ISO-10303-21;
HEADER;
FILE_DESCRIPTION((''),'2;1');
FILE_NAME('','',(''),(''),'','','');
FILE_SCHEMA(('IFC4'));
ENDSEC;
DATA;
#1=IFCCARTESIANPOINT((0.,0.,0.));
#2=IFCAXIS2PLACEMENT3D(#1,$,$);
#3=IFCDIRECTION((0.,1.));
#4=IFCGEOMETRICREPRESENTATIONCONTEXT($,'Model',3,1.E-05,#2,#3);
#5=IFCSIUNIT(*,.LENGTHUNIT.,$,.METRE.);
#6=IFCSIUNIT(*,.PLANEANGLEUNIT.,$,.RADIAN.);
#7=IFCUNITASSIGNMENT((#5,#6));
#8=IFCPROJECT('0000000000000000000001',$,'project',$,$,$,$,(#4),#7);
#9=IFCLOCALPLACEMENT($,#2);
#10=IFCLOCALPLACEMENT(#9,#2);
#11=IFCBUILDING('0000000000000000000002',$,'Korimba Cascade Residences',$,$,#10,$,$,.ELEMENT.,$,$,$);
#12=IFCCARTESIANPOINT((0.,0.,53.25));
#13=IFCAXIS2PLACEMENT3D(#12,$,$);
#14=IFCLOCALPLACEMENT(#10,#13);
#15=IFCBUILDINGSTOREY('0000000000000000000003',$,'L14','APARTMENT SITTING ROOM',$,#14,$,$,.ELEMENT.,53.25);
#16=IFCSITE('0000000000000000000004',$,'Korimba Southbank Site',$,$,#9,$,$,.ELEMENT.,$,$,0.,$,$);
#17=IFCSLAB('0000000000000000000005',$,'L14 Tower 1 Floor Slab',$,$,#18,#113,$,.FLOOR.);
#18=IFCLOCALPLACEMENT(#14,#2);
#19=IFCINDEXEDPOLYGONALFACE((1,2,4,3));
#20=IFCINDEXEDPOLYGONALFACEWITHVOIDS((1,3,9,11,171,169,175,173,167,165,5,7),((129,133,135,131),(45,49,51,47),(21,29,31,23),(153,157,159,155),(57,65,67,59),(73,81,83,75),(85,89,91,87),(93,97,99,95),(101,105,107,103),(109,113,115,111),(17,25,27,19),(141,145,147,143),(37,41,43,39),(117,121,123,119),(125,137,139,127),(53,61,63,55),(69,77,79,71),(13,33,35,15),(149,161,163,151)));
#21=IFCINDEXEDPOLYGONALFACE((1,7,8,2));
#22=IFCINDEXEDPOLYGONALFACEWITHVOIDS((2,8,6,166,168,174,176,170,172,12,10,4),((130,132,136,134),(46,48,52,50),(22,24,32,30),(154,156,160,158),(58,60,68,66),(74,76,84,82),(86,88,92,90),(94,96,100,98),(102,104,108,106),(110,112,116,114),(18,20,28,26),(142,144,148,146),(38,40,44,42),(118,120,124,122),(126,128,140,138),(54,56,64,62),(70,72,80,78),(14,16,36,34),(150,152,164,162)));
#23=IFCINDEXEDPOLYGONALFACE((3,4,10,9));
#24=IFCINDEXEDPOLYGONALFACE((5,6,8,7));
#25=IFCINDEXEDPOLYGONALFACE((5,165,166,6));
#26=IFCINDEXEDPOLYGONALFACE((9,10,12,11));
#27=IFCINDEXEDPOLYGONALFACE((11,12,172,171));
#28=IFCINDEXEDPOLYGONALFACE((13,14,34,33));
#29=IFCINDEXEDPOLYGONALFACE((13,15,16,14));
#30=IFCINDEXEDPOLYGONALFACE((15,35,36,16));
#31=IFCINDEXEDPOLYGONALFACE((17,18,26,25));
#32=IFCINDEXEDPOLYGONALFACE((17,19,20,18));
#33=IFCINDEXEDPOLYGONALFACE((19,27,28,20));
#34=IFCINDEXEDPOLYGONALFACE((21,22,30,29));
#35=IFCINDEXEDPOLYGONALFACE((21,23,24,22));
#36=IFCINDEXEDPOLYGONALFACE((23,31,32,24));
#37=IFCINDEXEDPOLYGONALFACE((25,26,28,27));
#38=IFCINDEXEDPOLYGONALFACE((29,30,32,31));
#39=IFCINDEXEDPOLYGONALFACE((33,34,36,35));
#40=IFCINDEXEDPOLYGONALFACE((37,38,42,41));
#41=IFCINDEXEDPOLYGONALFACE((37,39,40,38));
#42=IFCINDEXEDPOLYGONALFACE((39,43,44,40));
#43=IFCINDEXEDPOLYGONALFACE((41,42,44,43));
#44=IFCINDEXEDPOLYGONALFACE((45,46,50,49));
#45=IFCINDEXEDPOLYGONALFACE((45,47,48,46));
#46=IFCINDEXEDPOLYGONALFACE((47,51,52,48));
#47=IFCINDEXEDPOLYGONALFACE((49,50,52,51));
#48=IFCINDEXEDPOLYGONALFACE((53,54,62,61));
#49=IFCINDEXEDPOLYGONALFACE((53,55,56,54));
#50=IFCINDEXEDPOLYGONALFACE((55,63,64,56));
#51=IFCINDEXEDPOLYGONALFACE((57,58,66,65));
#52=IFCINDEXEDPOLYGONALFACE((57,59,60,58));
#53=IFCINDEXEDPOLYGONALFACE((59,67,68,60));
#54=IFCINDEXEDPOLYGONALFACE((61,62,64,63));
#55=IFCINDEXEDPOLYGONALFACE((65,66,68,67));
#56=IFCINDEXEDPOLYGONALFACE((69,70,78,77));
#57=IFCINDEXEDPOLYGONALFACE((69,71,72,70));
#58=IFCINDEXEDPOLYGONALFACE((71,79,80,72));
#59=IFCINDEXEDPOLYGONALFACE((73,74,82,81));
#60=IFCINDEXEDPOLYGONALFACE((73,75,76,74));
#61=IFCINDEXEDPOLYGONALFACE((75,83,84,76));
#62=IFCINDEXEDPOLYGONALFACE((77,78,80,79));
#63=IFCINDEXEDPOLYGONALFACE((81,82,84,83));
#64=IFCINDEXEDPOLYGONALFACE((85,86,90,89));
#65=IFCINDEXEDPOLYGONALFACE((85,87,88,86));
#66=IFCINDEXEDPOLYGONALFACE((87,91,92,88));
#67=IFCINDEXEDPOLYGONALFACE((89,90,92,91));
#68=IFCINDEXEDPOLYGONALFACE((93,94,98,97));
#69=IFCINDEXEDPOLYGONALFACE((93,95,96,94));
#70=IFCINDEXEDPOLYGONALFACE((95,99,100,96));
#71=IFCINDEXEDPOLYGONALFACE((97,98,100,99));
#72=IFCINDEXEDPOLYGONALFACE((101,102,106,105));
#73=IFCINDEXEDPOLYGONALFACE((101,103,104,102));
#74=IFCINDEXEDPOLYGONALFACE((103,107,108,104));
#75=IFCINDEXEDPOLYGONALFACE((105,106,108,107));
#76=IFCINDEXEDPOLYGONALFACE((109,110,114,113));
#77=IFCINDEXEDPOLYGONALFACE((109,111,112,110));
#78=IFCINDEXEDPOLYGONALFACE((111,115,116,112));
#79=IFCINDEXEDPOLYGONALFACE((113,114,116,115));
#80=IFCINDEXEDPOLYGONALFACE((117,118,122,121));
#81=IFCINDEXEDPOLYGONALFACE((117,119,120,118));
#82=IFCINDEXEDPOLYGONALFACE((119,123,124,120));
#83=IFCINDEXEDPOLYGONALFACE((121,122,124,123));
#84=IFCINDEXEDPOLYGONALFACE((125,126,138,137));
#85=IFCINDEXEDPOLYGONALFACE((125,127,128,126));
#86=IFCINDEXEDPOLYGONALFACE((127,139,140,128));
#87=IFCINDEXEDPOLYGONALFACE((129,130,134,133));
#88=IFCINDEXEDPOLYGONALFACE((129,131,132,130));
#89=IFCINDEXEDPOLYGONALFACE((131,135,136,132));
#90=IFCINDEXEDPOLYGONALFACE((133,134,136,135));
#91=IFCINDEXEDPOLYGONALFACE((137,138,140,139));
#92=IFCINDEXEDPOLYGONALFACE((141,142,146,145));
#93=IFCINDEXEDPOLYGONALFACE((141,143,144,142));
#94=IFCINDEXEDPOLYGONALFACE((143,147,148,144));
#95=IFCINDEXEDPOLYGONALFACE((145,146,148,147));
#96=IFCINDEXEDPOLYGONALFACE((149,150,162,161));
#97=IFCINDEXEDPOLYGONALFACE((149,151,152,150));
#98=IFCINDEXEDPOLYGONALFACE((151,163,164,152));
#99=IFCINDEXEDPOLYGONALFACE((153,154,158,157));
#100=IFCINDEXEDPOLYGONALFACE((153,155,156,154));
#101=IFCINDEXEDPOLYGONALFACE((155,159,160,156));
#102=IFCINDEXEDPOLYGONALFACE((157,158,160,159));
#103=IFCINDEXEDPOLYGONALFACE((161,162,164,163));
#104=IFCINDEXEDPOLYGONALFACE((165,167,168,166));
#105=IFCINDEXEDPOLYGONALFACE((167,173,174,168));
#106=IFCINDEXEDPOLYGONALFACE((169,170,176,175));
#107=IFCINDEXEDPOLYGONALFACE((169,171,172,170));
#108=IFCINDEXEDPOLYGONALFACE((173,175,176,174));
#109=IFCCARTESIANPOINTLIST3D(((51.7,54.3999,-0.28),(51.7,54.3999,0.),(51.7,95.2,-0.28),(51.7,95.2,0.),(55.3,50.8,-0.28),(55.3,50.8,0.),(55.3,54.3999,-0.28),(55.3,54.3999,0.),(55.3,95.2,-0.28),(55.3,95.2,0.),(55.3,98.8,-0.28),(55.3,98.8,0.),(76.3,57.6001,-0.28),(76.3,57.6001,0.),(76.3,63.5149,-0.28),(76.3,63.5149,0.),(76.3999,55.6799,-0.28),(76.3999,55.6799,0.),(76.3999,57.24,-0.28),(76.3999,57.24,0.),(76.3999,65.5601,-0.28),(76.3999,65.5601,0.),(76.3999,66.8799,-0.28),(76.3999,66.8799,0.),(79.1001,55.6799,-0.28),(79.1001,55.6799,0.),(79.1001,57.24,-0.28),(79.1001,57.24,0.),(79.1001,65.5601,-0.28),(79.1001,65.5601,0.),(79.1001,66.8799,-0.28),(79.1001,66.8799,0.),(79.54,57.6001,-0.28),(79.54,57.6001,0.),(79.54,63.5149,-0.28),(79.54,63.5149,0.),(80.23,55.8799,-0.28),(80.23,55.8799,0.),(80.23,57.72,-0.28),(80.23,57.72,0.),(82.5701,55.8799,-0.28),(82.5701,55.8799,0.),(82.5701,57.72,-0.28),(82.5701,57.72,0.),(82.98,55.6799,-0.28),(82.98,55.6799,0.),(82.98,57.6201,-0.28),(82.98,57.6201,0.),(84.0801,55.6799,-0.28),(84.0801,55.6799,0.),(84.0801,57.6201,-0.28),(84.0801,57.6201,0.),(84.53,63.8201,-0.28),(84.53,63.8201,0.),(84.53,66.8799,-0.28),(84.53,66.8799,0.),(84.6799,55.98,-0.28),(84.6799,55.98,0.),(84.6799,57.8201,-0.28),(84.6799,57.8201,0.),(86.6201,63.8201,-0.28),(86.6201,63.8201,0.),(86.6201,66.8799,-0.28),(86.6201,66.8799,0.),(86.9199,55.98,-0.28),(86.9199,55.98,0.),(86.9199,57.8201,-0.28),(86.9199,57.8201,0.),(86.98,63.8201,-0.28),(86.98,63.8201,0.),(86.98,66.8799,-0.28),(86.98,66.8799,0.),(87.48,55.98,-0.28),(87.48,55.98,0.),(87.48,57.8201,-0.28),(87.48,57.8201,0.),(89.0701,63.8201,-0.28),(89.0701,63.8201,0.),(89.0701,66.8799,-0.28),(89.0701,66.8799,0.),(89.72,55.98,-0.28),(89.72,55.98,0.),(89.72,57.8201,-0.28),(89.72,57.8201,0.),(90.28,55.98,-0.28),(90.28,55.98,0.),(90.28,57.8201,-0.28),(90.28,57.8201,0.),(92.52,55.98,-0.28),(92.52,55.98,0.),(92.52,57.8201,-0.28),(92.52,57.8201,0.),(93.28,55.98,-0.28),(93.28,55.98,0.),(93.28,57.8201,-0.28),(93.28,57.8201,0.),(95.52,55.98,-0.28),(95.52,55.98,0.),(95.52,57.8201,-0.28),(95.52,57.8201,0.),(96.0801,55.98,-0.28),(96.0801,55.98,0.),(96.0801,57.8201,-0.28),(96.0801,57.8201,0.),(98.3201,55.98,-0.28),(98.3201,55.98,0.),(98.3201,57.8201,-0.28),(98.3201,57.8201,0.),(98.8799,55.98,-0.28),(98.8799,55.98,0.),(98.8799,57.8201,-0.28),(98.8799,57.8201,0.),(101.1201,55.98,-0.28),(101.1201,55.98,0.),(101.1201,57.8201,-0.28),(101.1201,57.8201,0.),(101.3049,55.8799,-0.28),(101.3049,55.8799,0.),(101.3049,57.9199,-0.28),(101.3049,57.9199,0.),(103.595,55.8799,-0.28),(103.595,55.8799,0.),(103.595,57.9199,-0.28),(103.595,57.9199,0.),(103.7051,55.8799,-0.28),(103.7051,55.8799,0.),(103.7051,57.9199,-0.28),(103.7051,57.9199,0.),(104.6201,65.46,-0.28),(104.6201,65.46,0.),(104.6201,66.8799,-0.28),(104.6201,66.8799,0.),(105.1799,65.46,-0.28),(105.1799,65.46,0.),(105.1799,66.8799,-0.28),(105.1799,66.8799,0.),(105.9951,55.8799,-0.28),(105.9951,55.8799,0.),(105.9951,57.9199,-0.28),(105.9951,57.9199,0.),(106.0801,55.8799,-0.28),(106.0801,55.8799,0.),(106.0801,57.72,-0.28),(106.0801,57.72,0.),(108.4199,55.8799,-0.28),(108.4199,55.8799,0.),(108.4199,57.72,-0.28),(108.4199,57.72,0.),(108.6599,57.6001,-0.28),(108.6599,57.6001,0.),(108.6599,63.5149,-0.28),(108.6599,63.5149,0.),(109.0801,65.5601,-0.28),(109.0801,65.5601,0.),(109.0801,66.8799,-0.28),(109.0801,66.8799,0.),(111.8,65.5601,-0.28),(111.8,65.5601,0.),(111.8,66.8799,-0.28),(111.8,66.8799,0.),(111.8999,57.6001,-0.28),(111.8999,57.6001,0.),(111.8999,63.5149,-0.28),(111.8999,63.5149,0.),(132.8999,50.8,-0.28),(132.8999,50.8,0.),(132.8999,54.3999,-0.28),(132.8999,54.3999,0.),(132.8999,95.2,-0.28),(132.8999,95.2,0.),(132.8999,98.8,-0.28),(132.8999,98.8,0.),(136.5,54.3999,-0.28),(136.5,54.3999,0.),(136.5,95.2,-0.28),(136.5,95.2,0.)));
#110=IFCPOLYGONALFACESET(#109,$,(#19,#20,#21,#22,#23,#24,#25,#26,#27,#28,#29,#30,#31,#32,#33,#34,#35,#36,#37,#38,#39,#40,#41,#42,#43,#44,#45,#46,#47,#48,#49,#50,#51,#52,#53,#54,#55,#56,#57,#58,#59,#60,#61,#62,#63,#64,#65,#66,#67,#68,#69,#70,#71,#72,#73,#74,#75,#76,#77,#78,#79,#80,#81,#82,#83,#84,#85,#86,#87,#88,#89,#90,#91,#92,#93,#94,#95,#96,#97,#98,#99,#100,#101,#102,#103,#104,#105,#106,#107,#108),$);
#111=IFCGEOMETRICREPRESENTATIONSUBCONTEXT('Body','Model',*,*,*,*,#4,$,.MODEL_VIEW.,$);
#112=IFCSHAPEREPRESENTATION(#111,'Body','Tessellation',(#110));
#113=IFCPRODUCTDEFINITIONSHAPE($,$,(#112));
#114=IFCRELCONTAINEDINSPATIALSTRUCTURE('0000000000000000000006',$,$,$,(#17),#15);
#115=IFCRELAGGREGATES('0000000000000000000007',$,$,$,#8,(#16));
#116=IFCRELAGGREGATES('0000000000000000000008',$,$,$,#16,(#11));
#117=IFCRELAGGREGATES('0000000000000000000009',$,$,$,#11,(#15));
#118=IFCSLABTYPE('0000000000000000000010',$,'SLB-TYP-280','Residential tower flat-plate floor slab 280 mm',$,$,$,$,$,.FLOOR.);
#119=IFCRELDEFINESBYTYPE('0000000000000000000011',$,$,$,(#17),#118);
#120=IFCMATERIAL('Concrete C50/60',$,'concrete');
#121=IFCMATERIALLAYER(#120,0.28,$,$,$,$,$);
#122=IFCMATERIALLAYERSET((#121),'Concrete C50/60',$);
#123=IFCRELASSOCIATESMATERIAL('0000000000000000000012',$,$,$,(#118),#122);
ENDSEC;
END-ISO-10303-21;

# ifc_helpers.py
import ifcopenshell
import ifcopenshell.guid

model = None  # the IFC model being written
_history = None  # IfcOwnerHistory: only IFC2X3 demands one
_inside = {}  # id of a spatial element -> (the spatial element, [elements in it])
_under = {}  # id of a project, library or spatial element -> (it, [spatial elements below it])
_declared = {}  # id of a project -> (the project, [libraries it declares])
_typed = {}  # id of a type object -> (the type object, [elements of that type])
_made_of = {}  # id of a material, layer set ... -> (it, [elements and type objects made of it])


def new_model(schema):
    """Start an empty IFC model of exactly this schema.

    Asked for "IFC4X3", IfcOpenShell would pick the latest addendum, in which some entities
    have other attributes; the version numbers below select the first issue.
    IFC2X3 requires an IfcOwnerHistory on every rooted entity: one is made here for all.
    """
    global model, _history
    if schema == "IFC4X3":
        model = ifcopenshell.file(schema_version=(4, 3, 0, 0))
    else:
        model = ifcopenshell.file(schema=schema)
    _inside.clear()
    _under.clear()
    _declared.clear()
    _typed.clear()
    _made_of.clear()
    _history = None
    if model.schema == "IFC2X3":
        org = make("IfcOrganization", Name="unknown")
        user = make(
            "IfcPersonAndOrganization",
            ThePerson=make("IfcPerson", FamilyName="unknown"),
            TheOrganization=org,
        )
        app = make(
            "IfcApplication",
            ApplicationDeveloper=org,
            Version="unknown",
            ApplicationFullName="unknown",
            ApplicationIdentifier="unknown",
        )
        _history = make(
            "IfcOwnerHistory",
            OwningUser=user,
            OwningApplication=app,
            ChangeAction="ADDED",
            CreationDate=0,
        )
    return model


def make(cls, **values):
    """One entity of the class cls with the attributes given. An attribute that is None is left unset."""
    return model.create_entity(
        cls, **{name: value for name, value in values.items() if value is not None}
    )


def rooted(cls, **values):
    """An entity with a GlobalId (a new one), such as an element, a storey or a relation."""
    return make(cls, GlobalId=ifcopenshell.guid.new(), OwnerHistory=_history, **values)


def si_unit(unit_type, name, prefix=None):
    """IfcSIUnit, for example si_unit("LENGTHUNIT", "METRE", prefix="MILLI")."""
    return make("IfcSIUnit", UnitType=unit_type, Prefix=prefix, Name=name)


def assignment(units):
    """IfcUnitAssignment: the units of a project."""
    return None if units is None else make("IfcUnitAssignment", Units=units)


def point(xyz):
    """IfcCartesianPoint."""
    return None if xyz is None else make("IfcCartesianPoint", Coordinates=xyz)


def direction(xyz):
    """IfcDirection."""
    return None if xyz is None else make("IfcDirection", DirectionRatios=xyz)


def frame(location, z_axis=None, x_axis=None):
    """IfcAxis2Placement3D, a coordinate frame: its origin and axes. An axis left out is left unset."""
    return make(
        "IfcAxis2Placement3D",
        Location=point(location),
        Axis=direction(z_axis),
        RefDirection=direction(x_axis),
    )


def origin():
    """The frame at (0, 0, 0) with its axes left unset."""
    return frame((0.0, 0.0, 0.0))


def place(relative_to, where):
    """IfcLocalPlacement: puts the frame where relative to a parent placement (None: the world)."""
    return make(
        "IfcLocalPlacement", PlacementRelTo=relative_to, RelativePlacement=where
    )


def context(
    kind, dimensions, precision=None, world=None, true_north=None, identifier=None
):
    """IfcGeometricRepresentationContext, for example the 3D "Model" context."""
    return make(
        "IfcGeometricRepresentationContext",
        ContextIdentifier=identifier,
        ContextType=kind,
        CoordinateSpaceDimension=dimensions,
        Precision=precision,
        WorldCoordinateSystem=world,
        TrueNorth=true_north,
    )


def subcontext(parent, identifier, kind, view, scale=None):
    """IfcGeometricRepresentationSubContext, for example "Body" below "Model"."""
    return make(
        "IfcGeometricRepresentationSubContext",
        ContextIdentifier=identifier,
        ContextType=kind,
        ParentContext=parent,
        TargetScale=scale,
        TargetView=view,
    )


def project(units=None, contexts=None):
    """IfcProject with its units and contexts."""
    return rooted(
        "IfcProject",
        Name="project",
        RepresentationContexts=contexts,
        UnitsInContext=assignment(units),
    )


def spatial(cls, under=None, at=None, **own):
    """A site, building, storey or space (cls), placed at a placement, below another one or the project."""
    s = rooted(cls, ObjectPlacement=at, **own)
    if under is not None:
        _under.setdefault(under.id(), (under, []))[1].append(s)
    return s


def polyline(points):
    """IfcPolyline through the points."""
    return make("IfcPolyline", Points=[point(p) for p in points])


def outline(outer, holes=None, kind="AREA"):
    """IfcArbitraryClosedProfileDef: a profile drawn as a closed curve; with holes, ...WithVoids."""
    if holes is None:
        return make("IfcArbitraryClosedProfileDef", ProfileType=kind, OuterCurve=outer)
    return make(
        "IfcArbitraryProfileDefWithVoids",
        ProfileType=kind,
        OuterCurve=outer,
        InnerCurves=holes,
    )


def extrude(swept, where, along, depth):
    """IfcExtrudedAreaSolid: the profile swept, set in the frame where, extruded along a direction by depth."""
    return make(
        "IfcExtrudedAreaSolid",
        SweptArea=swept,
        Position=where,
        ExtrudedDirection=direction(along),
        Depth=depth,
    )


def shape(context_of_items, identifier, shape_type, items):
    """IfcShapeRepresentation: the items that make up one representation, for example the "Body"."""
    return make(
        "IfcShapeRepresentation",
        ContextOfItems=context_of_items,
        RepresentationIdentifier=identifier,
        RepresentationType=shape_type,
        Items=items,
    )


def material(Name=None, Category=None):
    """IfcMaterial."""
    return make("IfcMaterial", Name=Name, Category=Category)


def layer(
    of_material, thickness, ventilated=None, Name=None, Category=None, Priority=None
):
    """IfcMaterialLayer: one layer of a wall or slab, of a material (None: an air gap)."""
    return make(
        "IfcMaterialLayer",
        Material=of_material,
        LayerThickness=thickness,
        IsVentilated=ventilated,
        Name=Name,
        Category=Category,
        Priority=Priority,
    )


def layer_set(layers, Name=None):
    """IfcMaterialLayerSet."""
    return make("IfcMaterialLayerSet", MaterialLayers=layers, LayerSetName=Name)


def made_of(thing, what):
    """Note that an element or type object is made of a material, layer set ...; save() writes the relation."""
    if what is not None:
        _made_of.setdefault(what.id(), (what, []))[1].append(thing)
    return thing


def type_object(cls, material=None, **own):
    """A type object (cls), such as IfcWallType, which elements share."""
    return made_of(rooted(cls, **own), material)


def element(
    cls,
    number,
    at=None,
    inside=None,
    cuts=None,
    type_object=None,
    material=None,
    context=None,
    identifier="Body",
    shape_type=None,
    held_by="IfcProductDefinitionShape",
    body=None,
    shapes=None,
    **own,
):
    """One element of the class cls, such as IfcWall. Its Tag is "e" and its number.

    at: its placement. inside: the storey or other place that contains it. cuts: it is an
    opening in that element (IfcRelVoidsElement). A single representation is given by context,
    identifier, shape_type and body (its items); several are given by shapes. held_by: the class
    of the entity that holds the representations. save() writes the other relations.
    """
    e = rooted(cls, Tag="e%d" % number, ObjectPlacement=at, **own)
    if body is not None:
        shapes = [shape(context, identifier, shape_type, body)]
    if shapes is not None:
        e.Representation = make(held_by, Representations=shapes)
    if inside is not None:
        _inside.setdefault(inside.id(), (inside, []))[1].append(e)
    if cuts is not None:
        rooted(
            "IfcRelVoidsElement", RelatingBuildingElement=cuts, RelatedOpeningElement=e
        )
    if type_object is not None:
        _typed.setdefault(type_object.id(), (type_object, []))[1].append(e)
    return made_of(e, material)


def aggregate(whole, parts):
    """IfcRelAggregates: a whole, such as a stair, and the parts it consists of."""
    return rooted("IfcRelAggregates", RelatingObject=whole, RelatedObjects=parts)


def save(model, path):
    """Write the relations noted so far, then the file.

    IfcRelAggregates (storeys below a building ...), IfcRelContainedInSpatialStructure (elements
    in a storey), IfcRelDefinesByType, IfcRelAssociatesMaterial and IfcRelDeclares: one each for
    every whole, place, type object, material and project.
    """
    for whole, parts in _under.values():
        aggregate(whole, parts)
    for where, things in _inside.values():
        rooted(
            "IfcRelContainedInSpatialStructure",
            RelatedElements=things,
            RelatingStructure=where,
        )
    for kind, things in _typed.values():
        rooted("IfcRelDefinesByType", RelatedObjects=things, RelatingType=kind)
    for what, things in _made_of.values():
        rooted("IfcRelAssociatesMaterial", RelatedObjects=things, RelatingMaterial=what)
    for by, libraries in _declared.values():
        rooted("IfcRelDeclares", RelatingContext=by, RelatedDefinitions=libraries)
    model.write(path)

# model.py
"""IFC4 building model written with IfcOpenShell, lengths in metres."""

from ifc_helpers import new_model, si_unit, direction, frame, origin, place, context, subcontext, project, spatial, polyline, outline, extrude, material, layer, layer_set, type_object, element, save


model = new_model("IFC4")

# Units and contexts
model_context = context("Model", 3, precision=1e-05, world=origin(), true_north=direction((0.0, 1.0)))
body_context = subcontext(model_context, "Body", "Model", "MODEL_VIEW")
ifc_project = project(units=[si_unit("LENGTHUNIT", "METRE"), si_unit("PLANEANGLEUNIT", "RADIAN")], contexts=[model_context])

# Site, building, storey
site_placement = place(None, origin())
site = spatial("IfcSite", under=ifc_project, at=site_placement, Name="Korimba Southbank Site", CompositionType="ELEMENT", RefElevation=0.0)
building_placement = place(site_placement, origin())
building = spatial("IfcBuilding", under=site, at=building_placement, Name="Korimba Cascade Residences", CompositionType="ELEMENT")
storey_placement = place(building_placement, frame((0.0, 0.0, 53.25)))
storey = spatial("IfcBuildingStorey", under=building, at=storey_placement, Name="L14", Description="APARTMENT SITTING ROOM", CompositionType="ELEMENT", Elevation=53.25)

# Shared definitions
ifc_material_1 = material(Name="Concrete C50/60", Category="concrete")

# Slab
ifc_layer_1 = layer(ifc_material_1, 0.28)
ifc_layer_set_1 = layer_set([ifc_layer_1], Name="Concrete C50/60")
slab_type_1 = type_object("IfcSlabType", Name="SLB-TYP-280", Description="Residential tower flat-plate floor slab 280 mm", PredefinedType="FLOOR", material=ifc_layer_set_1)
slab_1_placement = place(storey_placement, frame((0.0, 0.0, -0.28)))
element("IfcSlab", 1, at=slab_1_placement, inside=storey, type_object=slab_type_1, Name="L14 Tower 1 Floor Slab", PredefinedType="FLOOR", context=body_context, shape_type="SweptSolid", body=[
    extrude(outline(polyline([(55.3, 50.8), (132.8999, 50.8), (132.8999, 54.3999), (136.5, 54.3999), (136.5, 95.2), (132.8999, 95.2), (132.8999, 98.8), (55.3, 98.8), (55.3, 95.2), (51.7, 95.2), (51.7, 54.3999), (55.3, 54.3999), (55.3, 50.8)]), holes=[polyline([(76.3, 63.5149), (76.3, 57.6001), (79.54, 57.6001), (79.54, 63.5149), (76.3, 63.5149)]), polyline([(108.6599, 63.5149), (108.6599, 57.6001), (111.8999, 57.6001), (111.8999, 63.5149), (108.6599, 63.5149)]), polyline([(80.23, 55.8799), (82.5701, 55.8799), (82.5701, 57.72), (80.23, 57.72), (80.23, 55.8799)]), polyline([(106.0801, 55.8799), (108.4199, 55.8799), (108.4199, 57.72), (106.0801, 57.72), (106.0801, 55.8799)]), polyline([(84.6799, 55.98), (86.9199, 55.98), (86.9199, 57.8201), (84.6799, 57.8201), (84.6799, 55.98)]), polyline([(87.48, 55.98), (89.72, 55.98), (89.72, 57.8201), (87.48, 57.8201), (87.48, 55.98)]), polyline([(90.28, 55.98), (92.52, 55.98), (92.52, 57.8201), (90.28, 57.8201), (90.28, 55.98)]), polyline([(93.28, 55.98), (95.52, 55.98), (95.52, 57.8201), (93.28, 57.8201), (93.28, 55.98)]), polyline([(96.0801, 55.98), (98.3201, 55.98), (98.3201, 57.8201), (96.0801, 57.8201), (96.0801, 55.98)]), polyline([(98.8799, 55.98), (101.1201, 55.98), (101.1201, 57.8201), (98.8799, 57.8201), (98.8799, 55.98)]), polyline([(101.3049, 55.8799), (103.595, 55.8799), (103.595, 57.9199), (101.3049, 57.9199), (101.3049, 55.8799)]), polyline([(103.7051, 55.8799), (105.9951, 55.8799), (105.9951, 57.9199), (103.7051, 57.9199), (103.7051, 55.8799)]), polyline([(82.98, 55.6799), (84.0801, 55.6799), (84.0801, 57.6201), (82.98, 57.6201), (82.98, 55.6799)]), polyline([(76.3999, 65.5601), (79.1001, 65.5601), (79.1001, 66.8799), (76.3999, 66.8799), (76.3999, 65.5601)]), polyline([(76.3999, 55.6799), (79.1001, 55.6799), (79.1001, 57.24), (76.3999, 57.24), (76.3999, 55.6799)]), polyline([(84.53, 63.8201), (86.6201, 63.8201), (86.6201, 66.8799), (84.53, 66.8799), (84.53, 63.8201)]), polyline([(86.98, 63.8201), (89.0701, 63.8201), (89.0701, 66.8799), (86.98, 66.8799), (86.98, 63.8201)]), polyline([(104.6201, 65.46), (105.1799, 65.46), (105.1799, 66.8799), (104.6201, 66.8799), (104.6201, 65.46)]), polyline([(109.0801, 65.5601), (111.8, 65.5601), (111.8, 66.8799), (109.0801, 66.8799), (109.0801, 65.5601)])]), origin(), (0.0, 0.0, 1.0), 0.28),
])

save(model, "model.ifc")
